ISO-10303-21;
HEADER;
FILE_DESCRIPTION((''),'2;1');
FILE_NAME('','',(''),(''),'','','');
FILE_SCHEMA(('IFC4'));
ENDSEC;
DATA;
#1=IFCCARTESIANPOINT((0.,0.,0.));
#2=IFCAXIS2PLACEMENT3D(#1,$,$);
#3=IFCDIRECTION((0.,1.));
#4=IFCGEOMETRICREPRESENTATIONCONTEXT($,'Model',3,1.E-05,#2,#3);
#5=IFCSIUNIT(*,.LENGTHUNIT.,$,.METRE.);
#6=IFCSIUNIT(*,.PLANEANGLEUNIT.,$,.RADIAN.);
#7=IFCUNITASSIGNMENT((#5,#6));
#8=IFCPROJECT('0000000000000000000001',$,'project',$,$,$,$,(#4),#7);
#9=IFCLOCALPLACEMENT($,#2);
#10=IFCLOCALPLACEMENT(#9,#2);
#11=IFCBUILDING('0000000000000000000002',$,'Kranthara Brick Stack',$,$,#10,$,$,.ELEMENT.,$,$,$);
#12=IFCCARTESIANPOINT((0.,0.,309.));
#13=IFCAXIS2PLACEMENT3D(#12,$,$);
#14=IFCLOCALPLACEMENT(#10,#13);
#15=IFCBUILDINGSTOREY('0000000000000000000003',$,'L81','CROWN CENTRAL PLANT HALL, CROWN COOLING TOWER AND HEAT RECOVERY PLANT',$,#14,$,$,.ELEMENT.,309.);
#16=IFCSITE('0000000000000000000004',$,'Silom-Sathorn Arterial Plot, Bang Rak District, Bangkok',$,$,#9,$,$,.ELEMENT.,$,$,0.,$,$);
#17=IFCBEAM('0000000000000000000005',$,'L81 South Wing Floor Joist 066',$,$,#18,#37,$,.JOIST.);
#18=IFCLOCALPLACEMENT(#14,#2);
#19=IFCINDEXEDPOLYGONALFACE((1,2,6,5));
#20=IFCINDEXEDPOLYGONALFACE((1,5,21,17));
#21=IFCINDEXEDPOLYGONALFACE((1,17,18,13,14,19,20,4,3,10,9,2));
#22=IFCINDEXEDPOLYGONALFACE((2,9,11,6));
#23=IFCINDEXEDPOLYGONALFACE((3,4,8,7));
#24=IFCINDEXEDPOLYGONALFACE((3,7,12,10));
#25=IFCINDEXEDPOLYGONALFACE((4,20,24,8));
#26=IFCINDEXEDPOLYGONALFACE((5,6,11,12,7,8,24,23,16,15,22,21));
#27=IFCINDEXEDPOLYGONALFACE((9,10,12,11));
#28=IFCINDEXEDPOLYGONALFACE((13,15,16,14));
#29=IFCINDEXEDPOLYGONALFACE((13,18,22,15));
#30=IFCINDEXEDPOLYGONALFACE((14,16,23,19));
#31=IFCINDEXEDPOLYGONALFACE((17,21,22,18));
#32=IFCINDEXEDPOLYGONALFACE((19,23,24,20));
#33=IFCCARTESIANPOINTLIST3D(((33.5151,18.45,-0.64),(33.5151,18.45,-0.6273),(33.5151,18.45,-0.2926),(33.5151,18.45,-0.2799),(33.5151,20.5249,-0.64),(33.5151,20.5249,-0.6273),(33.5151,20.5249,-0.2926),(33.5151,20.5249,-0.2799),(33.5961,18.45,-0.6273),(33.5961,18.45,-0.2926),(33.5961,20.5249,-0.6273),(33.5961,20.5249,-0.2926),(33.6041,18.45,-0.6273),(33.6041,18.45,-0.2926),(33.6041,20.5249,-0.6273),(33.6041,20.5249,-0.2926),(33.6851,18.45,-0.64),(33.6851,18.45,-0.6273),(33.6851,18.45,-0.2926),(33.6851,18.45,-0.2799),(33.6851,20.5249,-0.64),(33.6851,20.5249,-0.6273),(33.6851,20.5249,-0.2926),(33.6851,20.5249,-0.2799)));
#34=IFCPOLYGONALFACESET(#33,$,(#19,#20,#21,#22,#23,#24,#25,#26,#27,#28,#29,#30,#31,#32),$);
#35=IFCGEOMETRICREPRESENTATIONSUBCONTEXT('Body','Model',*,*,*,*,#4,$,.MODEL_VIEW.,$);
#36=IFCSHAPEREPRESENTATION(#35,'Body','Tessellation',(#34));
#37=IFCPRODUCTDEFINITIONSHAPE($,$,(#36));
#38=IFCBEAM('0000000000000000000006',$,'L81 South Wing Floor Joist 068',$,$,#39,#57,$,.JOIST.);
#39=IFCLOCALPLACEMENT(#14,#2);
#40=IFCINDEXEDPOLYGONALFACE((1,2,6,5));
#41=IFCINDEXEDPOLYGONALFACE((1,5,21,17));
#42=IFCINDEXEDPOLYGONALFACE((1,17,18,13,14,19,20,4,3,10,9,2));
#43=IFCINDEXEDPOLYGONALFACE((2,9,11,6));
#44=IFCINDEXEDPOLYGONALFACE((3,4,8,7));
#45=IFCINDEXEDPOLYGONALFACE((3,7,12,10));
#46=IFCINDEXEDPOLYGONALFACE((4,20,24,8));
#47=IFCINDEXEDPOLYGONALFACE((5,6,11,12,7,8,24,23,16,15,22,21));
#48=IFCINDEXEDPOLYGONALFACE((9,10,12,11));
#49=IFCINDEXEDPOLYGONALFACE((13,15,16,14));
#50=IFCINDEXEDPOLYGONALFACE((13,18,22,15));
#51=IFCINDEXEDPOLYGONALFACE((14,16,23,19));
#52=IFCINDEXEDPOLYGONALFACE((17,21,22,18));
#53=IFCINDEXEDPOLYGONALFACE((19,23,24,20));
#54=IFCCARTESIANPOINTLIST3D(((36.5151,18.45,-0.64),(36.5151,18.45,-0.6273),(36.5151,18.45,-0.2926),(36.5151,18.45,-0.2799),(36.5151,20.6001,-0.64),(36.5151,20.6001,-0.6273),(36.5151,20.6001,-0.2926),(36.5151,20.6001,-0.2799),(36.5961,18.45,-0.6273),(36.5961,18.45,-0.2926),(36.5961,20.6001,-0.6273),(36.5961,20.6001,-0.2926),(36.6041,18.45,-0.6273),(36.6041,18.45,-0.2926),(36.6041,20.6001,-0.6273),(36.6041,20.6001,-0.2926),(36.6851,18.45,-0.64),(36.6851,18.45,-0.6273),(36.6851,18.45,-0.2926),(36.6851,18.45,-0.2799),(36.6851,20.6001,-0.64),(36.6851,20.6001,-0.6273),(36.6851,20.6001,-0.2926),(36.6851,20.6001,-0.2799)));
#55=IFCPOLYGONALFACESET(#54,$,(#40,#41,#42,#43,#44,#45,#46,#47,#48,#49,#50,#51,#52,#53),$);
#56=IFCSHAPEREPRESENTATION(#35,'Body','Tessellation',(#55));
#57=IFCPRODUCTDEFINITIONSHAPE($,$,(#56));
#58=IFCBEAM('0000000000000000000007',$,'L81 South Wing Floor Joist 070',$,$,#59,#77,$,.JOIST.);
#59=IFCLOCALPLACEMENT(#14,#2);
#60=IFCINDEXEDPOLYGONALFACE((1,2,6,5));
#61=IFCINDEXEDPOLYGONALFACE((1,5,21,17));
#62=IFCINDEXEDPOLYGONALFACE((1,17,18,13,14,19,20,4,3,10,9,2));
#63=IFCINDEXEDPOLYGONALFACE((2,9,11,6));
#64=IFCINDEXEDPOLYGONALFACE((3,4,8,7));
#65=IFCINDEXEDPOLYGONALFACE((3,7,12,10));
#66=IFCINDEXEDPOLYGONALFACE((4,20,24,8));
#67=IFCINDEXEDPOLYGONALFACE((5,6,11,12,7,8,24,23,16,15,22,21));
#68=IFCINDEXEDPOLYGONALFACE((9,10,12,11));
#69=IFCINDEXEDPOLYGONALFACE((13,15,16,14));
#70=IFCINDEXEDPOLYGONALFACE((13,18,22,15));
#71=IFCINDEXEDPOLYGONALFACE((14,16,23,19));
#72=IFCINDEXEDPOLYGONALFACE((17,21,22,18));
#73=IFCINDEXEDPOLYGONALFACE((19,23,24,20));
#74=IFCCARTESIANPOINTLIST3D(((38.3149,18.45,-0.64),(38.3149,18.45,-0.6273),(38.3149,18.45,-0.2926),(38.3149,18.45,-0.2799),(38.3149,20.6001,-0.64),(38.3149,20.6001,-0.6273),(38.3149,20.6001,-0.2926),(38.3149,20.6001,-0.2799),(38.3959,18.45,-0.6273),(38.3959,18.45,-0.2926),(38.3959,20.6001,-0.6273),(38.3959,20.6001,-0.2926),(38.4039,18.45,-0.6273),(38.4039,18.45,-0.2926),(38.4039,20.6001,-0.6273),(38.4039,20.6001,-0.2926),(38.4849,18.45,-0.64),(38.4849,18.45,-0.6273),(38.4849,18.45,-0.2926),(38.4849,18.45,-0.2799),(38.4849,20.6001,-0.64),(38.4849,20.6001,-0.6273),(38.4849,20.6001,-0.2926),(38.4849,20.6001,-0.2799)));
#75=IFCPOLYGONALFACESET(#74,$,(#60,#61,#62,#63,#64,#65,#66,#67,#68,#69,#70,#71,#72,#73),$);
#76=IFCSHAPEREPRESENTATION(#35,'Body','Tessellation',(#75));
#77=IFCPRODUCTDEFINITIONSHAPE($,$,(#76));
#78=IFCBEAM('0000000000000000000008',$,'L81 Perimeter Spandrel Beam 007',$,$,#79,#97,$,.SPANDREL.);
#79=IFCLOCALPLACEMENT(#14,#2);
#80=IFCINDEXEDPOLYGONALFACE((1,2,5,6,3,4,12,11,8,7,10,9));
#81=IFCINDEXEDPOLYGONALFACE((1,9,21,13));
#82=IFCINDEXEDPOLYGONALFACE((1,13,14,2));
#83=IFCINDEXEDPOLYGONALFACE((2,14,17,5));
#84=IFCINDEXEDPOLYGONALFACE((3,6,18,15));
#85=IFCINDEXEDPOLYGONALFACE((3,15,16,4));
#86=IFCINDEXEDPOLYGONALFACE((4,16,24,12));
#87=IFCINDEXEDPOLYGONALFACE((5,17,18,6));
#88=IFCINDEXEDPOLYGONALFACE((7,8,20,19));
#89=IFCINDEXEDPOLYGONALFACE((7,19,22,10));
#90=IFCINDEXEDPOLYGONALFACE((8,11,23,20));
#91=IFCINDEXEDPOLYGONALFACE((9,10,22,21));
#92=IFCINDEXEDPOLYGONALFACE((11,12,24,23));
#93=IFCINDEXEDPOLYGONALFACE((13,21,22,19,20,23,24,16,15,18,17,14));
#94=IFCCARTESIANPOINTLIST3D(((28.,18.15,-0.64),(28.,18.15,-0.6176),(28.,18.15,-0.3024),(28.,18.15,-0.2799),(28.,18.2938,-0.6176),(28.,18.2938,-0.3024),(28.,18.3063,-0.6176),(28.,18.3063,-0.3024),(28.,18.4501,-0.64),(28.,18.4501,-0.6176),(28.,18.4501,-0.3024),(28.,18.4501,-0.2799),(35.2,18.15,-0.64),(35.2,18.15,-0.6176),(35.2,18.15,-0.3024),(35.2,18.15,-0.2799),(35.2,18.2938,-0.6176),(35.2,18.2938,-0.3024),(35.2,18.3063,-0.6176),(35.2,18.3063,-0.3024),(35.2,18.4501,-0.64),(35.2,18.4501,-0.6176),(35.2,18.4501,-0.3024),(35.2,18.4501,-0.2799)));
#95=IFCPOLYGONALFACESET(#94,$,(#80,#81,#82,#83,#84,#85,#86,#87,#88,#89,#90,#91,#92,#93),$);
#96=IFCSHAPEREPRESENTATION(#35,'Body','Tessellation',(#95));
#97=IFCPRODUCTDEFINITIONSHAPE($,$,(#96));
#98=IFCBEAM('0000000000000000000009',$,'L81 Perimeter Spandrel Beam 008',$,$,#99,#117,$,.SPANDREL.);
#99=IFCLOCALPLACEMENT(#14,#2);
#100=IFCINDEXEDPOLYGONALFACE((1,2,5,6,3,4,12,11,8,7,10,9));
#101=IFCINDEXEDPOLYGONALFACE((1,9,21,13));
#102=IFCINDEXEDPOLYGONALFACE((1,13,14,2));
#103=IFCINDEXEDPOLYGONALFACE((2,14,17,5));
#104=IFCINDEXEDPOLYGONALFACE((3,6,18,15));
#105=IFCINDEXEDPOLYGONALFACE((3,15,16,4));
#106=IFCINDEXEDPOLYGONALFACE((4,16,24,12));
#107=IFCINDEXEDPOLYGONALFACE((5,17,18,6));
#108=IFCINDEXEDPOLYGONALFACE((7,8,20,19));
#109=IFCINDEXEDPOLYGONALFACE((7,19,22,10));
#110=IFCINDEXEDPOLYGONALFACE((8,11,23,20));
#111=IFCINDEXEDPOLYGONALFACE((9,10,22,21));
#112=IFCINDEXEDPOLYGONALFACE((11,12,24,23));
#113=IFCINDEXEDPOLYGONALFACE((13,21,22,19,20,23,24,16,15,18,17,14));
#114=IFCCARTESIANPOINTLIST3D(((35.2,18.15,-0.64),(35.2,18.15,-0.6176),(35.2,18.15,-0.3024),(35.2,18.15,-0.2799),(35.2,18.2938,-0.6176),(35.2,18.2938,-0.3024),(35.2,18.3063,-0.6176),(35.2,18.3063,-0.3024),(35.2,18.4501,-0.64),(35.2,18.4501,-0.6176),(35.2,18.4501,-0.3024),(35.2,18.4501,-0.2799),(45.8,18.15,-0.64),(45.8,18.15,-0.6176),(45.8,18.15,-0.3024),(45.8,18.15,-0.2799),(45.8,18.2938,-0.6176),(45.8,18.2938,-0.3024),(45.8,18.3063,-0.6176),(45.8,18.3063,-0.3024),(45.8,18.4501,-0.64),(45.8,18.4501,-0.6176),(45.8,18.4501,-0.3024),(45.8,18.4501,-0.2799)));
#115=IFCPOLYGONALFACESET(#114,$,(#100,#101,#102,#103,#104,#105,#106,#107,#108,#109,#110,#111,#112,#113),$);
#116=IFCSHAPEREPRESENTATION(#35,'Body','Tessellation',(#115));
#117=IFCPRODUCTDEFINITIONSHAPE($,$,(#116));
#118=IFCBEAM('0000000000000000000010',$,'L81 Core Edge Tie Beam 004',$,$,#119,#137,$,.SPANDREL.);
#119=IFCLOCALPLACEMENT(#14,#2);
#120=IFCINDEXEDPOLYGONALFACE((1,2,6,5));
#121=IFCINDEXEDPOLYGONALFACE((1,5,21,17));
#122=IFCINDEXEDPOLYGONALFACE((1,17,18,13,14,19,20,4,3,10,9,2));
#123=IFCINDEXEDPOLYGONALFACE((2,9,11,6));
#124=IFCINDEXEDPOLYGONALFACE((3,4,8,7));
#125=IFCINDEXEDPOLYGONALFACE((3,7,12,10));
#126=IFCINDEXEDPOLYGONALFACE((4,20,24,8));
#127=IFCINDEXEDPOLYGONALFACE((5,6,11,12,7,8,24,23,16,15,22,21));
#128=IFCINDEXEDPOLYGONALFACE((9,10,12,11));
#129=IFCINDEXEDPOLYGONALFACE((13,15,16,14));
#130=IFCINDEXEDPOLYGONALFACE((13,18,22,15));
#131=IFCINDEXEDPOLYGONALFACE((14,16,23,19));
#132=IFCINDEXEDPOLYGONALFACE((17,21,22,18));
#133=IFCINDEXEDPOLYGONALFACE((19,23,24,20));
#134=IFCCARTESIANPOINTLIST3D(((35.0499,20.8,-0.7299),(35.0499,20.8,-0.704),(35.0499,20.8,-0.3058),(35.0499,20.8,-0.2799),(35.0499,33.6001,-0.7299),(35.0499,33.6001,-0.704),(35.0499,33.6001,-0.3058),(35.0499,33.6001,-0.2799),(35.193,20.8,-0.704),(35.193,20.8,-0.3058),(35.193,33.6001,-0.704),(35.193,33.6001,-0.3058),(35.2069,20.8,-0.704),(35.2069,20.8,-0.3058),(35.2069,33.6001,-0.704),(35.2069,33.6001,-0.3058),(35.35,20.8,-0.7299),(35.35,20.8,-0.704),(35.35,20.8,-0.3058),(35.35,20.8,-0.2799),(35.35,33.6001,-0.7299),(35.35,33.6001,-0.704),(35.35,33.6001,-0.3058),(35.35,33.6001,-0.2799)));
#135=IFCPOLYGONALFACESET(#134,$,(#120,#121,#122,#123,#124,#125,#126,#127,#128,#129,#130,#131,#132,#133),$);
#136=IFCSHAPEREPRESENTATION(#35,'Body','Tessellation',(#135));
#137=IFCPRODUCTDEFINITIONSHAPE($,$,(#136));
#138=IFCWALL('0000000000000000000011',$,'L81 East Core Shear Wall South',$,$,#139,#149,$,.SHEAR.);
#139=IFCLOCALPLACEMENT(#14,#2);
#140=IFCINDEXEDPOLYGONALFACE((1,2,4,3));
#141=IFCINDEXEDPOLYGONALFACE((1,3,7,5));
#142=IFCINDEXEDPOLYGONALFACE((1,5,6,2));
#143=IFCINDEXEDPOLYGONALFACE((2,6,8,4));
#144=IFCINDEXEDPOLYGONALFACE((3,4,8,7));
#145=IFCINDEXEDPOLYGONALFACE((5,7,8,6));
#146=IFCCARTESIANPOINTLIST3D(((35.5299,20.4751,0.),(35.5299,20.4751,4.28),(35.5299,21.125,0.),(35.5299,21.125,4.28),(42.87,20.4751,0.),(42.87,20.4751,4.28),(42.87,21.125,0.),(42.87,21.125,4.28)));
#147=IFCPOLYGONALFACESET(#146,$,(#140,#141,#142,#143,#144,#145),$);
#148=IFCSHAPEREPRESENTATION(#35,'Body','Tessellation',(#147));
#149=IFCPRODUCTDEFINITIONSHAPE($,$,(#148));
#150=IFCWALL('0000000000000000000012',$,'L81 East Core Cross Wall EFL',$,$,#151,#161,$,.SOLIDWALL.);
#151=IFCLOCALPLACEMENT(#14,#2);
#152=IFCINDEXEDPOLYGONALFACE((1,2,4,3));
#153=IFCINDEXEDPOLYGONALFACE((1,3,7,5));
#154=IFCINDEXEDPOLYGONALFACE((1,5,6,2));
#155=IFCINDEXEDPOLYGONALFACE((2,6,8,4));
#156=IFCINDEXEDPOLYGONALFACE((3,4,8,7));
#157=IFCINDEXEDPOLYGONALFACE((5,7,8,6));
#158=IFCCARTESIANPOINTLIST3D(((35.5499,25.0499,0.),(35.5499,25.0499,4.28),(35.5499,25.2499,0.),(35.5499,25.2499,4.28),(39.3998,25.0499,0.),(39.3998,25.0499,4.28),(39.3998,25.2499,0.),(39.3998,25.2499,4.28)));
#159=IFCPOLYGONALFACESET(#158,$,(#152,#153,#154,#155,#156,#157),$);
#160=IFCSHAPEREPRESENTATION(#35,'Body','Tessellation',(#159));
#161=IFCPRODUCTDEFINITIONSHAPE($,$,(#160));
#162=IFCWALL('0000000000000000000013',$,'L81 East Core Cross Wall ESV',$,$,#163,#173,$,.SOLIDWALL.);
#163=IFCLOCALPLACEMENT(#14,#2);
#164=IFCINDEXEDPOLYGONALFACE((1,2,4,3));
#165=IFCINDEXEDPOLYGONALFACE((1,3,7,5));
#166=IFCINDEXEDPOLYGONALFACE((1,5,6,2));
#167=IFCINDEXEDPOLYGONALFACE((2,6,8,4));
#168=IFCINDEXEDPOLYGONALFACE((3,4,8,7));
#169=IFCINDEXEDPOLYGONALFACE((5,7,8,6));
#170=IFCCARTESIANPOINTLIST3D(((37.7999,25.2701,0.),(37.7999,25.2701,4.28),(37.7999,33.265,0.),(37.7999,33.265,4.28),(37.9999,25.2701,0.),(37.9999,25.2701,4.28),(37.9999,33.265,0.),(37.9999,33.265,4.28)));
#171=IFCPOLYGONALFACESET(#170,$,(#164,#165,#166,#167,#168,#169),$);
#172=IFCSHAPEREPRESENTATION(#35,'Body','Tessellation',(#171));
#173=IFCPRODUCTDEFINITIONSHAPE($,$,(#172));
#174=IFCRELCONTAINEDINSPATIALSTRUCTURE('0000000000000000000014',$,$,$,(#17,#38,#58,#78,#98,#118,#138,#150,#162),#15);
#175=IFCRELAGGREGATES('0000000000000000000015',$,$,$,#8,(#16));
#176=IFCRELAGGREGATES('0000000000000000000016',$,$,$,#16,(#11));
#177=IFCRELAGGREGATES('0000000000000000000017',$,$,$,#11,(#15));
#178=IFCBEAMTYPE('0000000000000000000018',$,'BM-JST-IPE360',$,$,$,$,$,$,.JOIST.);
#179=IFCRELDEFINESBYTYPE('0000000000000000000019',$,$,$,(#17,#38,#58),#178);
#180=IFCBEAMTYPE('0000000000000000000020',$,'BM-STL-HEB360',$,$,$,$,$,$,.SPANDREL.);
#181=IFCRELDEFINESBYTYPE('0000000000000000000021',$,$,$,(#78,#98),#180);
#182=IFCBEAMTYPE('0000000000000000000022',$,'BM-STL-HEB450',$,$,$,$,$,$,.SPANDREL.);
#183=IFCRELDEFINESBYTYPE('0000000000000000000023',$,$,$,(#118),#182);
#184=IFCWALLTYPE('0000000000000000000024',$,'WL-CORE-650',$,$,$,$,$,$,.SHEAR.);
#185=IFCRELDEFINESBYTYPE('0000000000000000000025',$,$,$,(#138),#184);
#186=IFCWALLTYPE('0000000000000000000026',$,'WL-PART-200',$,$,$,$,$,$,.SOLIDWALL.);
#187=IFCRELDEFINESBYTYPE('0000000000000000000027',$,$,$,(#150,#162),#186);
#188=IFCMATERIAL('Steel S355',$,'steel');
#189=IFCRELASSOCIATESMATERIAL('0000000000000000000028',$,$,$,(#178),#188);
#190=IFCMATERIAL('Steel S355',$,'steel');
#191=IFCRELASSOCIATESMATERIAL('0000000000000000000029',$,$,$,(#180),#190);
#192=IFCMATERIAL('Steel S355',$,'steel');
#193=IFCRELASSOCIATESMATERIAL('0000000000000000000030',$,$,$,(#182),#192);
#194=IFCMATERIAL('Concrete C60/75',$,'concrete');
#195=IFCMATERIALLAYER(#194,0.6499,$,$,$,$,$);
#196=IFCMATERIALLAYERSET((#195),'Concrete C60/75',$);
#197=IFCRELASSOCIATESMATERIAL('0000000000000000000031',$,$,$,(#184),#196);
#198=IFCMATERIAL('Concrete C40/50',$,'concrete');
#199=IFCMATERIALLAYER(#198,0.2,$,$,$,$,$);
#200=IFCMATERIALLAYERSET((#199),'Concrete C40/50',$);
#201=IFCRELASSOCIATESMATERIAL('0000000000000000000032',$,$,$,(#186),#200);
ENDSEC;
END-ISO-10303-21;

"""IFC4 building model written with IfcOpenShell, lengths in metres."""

from ifc_helpers import new_model, si_unit, direction, frame, frame_2d, origin, origin_2d, place, context, subcontext, project, spatial, rectangle, i_section, extrude, material, layer, layer_set, material_profile, profile_set, type_object, element, save


model = new_model("IFC4")

# Units and contexts
model_context = context("Model", 3, precision=1e-05, world=origin(), true_north=direction((0.0, 1.0)))
body_context = subcontext(model_context, "Body", "Model", "MODEL_VIEW")
ifc_project = project(units=[si_unit("LENGTHUNIT", "METRE"), si_unit("PLANEANGLEUNIT", "RADIAN")], contexts=[model_context])

# Site, building, storey
site_placement = place(None, origin())
site = spatial("IfcSite", under=ifc_project, at=site_placement, Name="Silom-Sathorn Arterial Plot, Bang Rak District, Bangkok", CompositionType="ELEMENT", RefElevation=0.0)
building_placement = place(site_placement, origin())
building = spatial("IfcBuilding", under=site, at=building_placement, Name="Kranthara Brick Stack", CompositionType="ELEMENT")
storey_placement = place(building_placement, frame((0.0, 0.0, 309.0)))
storey = spatial("IfcBuildingStorey", under=building, at=storey_placement, Name="L81", Description="CROWN CENTRAL PLANT HALL, CROWN COOLING TOWER AND HEAT RECOVERY PLANT", CompositionType="ELEMENT", Elevation=309.0)

# Beams
ifc_material_1 = material(Name="Steel S355", Category="steel")
ifc_material_profile_1 = material_profile(ifc_material_1, i_section(OverallWidth=0.1699, OverallDepth=0.3601, WebThickness=0.0081, FlangeThickness=0.0127, at=origin_2d()), Name="IPE 360")
ifc_profile_set_1 = profile_set([ifc_material_profile_1], Name="Steel S355")
beam_type_1 = type_object("IfcBeamType", Name="BM-JST-IPE360", PredefinedType="JOIST", material=ifc_profile_set_1)
for number, where, z_axis, x_axis, name in (
    (1, (33.6001, 18.45, -0.46), (0.0, 1.0, 0.0), (-1.0, 0.0, 0.0), "L81 South Wing Floor Joist 066"),
):
    element("IfcBeam", number, at=place(storey_placement, frame(where, z_axis=z_axis, x_axis=x_axis)), inside=storey, type_object=beam_type_1, Name=name, PredefinedType="JOIST", context=body_context, shape_type="SweptSolid", body=[
        extrude(i_section(OverallWidth=0.1699, OverallDepth=0.3601, WebThickness=0.0081, FlangeThickness=0.0127, at=origin_2d()), origin(), (0.0, 0.0, 1.0), 2.075),
    ])
for number, where, z_axis, x_axis, name in (
    (2, (36.6001, 18.45, -0.46), (0.0, 1.0, 0.0), (-1.0, 0.0, 0.0), "L81 South Wing Floor Joist 068"),
    (3, (38.3999, 18.45, -0.46), (0.0, 1.0, 0.0), (-1.0, 0.0, 0.0), "L81 South Wing Floor Joist 070"),
):
    element("IfcBeam", number, at=place(storey_placement, frame(where, z_axis=z_axis, x_axis=x_axis)), inside=storey, type_object=beam_type_1, Name=name, PredefinedType="JOIST", context=body_context, shape_type="SweptSolid", body=[
        extrude(i_section(OverallWidth=0.1699, OverallDepth=0.3601, WebThickness=0.0081, FlangeThickness=0.0127, at=origin_2d()), origin(), (0.0, 0.0, 1.0), 2.1501),
    ])
ifc_material_2 = material(Name="Steel S355", Category="steel")
ifc_material_profile_2 = material_profile(ifc_material_2, i_section(OverallWidth=0.3, OverallDepth=0.3601, WebThickness=0.0125, FlangeThickness=0.0225, at=origin_2d()), Name="HEB 360")
ifc_profile_set_2 = profile_set([ifc_material_profile_2], Name="Steel S355")
beam_type_2 = type_object("IfcBeamType", Name="BM-STL-HEB360", PredefinedType="SPANDREL", material=ifc_profile_set_2)
beam_1_placement = place(storey_placement, frame((28.0, 18.3, -0.46), z_axis=(1.0, 0.0, 0.0), x_axis=(0.0, 1.0, 0.0)))
element("IfcBeam", 4, at=beam_1_placement, inside=storey, type_object=beam_type_2, Name="L81 Perimeter Spandrel Beam 007", PredefinedType="SPANDREL", context=body_context, shape_type="SweptSolid", body=[
    extrude(i_section(OverallWidth=0.3, OverallDepth=0.3601, WebThickness=0.0125, FlangeThickness=0.0225, at=origin_2d()), origin(), (0.0, 0.0, 1.0), 7.2),
])
beam_2_placement = place(storey_placement, frame((35.2, 18.3, -0.46), z_axis=(1.0, 0.0, 0.0), x_axis=(0.0, 1.0, 0.0)))
element("IfcBeam", 5, at=beam_2_placement, inside=storey, type_object=beam_type_2, Name="L81 Perimeter Spandrel Beam 008", PredefinedType="SPANDREL", context=body_context, shape_type="SweptSolid", body=[
    extrude(i_section(OverallWidth=0.3, OverallDepth=0.3601, WebThickness=0.0125, FlangeThickness=0.0225, at=origin_2d()), origin(), (0.0, 0.0, 1.0), 10.6001),
])
ifc_material_3 = material(Name="Steel S355", Category="steel")
ifc_material_profile_3 = material_profile(ifc_material_3, i_section(OverallWidth=0.3, OverallDepth=0.45, WebThickness=0.0139, FlangeThickness=0.0259, at=origin_2d()), Name="HEB 450")
ifc_profile_set_3 = profile_set([ifc_material_profile_3], Name="Steel S355")
beam_type_3 = type_object("IfcBeamType", Name="BM-STL-HEB450", PredefinedType="SPANDREL", material=ifc_profile_set_3)
beam_3_placement = place(storey_placement, frame((35.2, 20.8, -0.5049), z_axis=(0.0, 1.0, 0.0), x_axis=(-1.0, 0.0, 0.0)))
element("IfcBeam", 6, at=beam_3_placement, inside=storey, type_object=beam_type_3, Name="L81 Core Edge Tie Beam 004", PredefinedType="SPANDREL", context=body_context, shape_type="SweptSolid", body=[
    extrude(i_section(OverallWidth=0.3, OverallDepth=0.45, WebThickness=0.0139, FlangeThickness=0.0259, at=origin_2d()), origin(), (0.0, 0.0, 1.0), 12.8),
])

# Wall
ifc_material_4 = material(Name="Concrete C60/75", Category="concrete")
ifc_layer_1 = layer(ifc_material_4, 0.6499)
ifc_layer_set_1 = layer_set([ifc_layer_1], Name="Concrete C60/75")
wall_type_1 = type_object("IfcWallType", Name="WL-CORE-650", PredefinedType="SHEAR", material=ifc_layer_set_1)
wall_1_placement = place(storey_placement, frame((35.53, 20.8, 0.0), z_axis=(0.0, 0.0, 1.0), x_axis=(1.0, 0.0, 0.0)))
element("IfcWall", 7, at=wall_1_placement, inside=storey, type_object=wall_type_1, Name="L81 East Core Shear Wall South", PredefinedType="SHEAR", context=body_context, shape_type="SweptSolid", body=[
    extrude(rectangle(XDim=7.3401, YDim=0.6499, at=frame_2d((3.6699, 0.0))), origin(), (0.0, 0.0, 1.0), 4.28),
])

# Walls
ifc_material_5 = material(Name="Concrete C40/50", Category="concrete")
ifc_layer_2 = layer(ifc_material_5, 0.2)
ifc_layer_set_2 = layer_set([ifc_layer_2], Name="Concrete C40/50")
wall_type_2 = type_object("IfcWallType", Name="WL-PART-200", PredefinedType="SOLIDWALL", material=ifc_layer_set_2)
wall_2_placement = place(storey_placement, frame((35.55, 25.1499, 0.0), z_axis=(0.0, 0.0, 1.0), x_axis=(1.0, 0.0, 0.0)))
element("IfcWall", 8, at=wall_2_placement, inside=storey, type_object=wall_type_2, Name="L81 East Core Cross Wall EFL", PredefinedType="SOLIDWALL", context=body_context, shape_type="SweptSolid", body=[
    extrude(rectangle(XDim=3.8499, YDim=0.2, at=frame_2d((1.9248, 0.0))), origin(), (0.0, 0.0, 1.0), 4.28),
])
wall_3_placement = place(storey_placement, frame((37.8999, 25.27, 0.0), z_axis=(0.0, 0.0, 1.0), x_axis=(0.0, 1.0, 0.0)))
element("IfcWall", 9, at=wall_3_placement, inside=storey, type_object=wall_type_2, Name="L81 East Core Cross Wall ESV", PredefinedType="SOLIDWALL", context=body_context, shape_type="SweptSolid", body=[
    extrude(rectangle(XDim=7.9949, YDim=0.2, at=frame_2d((3.9976, 0.0))), origin(), (0.0, 0.0, 1.0), 4.28),
])

save(model, "model.ifc")
